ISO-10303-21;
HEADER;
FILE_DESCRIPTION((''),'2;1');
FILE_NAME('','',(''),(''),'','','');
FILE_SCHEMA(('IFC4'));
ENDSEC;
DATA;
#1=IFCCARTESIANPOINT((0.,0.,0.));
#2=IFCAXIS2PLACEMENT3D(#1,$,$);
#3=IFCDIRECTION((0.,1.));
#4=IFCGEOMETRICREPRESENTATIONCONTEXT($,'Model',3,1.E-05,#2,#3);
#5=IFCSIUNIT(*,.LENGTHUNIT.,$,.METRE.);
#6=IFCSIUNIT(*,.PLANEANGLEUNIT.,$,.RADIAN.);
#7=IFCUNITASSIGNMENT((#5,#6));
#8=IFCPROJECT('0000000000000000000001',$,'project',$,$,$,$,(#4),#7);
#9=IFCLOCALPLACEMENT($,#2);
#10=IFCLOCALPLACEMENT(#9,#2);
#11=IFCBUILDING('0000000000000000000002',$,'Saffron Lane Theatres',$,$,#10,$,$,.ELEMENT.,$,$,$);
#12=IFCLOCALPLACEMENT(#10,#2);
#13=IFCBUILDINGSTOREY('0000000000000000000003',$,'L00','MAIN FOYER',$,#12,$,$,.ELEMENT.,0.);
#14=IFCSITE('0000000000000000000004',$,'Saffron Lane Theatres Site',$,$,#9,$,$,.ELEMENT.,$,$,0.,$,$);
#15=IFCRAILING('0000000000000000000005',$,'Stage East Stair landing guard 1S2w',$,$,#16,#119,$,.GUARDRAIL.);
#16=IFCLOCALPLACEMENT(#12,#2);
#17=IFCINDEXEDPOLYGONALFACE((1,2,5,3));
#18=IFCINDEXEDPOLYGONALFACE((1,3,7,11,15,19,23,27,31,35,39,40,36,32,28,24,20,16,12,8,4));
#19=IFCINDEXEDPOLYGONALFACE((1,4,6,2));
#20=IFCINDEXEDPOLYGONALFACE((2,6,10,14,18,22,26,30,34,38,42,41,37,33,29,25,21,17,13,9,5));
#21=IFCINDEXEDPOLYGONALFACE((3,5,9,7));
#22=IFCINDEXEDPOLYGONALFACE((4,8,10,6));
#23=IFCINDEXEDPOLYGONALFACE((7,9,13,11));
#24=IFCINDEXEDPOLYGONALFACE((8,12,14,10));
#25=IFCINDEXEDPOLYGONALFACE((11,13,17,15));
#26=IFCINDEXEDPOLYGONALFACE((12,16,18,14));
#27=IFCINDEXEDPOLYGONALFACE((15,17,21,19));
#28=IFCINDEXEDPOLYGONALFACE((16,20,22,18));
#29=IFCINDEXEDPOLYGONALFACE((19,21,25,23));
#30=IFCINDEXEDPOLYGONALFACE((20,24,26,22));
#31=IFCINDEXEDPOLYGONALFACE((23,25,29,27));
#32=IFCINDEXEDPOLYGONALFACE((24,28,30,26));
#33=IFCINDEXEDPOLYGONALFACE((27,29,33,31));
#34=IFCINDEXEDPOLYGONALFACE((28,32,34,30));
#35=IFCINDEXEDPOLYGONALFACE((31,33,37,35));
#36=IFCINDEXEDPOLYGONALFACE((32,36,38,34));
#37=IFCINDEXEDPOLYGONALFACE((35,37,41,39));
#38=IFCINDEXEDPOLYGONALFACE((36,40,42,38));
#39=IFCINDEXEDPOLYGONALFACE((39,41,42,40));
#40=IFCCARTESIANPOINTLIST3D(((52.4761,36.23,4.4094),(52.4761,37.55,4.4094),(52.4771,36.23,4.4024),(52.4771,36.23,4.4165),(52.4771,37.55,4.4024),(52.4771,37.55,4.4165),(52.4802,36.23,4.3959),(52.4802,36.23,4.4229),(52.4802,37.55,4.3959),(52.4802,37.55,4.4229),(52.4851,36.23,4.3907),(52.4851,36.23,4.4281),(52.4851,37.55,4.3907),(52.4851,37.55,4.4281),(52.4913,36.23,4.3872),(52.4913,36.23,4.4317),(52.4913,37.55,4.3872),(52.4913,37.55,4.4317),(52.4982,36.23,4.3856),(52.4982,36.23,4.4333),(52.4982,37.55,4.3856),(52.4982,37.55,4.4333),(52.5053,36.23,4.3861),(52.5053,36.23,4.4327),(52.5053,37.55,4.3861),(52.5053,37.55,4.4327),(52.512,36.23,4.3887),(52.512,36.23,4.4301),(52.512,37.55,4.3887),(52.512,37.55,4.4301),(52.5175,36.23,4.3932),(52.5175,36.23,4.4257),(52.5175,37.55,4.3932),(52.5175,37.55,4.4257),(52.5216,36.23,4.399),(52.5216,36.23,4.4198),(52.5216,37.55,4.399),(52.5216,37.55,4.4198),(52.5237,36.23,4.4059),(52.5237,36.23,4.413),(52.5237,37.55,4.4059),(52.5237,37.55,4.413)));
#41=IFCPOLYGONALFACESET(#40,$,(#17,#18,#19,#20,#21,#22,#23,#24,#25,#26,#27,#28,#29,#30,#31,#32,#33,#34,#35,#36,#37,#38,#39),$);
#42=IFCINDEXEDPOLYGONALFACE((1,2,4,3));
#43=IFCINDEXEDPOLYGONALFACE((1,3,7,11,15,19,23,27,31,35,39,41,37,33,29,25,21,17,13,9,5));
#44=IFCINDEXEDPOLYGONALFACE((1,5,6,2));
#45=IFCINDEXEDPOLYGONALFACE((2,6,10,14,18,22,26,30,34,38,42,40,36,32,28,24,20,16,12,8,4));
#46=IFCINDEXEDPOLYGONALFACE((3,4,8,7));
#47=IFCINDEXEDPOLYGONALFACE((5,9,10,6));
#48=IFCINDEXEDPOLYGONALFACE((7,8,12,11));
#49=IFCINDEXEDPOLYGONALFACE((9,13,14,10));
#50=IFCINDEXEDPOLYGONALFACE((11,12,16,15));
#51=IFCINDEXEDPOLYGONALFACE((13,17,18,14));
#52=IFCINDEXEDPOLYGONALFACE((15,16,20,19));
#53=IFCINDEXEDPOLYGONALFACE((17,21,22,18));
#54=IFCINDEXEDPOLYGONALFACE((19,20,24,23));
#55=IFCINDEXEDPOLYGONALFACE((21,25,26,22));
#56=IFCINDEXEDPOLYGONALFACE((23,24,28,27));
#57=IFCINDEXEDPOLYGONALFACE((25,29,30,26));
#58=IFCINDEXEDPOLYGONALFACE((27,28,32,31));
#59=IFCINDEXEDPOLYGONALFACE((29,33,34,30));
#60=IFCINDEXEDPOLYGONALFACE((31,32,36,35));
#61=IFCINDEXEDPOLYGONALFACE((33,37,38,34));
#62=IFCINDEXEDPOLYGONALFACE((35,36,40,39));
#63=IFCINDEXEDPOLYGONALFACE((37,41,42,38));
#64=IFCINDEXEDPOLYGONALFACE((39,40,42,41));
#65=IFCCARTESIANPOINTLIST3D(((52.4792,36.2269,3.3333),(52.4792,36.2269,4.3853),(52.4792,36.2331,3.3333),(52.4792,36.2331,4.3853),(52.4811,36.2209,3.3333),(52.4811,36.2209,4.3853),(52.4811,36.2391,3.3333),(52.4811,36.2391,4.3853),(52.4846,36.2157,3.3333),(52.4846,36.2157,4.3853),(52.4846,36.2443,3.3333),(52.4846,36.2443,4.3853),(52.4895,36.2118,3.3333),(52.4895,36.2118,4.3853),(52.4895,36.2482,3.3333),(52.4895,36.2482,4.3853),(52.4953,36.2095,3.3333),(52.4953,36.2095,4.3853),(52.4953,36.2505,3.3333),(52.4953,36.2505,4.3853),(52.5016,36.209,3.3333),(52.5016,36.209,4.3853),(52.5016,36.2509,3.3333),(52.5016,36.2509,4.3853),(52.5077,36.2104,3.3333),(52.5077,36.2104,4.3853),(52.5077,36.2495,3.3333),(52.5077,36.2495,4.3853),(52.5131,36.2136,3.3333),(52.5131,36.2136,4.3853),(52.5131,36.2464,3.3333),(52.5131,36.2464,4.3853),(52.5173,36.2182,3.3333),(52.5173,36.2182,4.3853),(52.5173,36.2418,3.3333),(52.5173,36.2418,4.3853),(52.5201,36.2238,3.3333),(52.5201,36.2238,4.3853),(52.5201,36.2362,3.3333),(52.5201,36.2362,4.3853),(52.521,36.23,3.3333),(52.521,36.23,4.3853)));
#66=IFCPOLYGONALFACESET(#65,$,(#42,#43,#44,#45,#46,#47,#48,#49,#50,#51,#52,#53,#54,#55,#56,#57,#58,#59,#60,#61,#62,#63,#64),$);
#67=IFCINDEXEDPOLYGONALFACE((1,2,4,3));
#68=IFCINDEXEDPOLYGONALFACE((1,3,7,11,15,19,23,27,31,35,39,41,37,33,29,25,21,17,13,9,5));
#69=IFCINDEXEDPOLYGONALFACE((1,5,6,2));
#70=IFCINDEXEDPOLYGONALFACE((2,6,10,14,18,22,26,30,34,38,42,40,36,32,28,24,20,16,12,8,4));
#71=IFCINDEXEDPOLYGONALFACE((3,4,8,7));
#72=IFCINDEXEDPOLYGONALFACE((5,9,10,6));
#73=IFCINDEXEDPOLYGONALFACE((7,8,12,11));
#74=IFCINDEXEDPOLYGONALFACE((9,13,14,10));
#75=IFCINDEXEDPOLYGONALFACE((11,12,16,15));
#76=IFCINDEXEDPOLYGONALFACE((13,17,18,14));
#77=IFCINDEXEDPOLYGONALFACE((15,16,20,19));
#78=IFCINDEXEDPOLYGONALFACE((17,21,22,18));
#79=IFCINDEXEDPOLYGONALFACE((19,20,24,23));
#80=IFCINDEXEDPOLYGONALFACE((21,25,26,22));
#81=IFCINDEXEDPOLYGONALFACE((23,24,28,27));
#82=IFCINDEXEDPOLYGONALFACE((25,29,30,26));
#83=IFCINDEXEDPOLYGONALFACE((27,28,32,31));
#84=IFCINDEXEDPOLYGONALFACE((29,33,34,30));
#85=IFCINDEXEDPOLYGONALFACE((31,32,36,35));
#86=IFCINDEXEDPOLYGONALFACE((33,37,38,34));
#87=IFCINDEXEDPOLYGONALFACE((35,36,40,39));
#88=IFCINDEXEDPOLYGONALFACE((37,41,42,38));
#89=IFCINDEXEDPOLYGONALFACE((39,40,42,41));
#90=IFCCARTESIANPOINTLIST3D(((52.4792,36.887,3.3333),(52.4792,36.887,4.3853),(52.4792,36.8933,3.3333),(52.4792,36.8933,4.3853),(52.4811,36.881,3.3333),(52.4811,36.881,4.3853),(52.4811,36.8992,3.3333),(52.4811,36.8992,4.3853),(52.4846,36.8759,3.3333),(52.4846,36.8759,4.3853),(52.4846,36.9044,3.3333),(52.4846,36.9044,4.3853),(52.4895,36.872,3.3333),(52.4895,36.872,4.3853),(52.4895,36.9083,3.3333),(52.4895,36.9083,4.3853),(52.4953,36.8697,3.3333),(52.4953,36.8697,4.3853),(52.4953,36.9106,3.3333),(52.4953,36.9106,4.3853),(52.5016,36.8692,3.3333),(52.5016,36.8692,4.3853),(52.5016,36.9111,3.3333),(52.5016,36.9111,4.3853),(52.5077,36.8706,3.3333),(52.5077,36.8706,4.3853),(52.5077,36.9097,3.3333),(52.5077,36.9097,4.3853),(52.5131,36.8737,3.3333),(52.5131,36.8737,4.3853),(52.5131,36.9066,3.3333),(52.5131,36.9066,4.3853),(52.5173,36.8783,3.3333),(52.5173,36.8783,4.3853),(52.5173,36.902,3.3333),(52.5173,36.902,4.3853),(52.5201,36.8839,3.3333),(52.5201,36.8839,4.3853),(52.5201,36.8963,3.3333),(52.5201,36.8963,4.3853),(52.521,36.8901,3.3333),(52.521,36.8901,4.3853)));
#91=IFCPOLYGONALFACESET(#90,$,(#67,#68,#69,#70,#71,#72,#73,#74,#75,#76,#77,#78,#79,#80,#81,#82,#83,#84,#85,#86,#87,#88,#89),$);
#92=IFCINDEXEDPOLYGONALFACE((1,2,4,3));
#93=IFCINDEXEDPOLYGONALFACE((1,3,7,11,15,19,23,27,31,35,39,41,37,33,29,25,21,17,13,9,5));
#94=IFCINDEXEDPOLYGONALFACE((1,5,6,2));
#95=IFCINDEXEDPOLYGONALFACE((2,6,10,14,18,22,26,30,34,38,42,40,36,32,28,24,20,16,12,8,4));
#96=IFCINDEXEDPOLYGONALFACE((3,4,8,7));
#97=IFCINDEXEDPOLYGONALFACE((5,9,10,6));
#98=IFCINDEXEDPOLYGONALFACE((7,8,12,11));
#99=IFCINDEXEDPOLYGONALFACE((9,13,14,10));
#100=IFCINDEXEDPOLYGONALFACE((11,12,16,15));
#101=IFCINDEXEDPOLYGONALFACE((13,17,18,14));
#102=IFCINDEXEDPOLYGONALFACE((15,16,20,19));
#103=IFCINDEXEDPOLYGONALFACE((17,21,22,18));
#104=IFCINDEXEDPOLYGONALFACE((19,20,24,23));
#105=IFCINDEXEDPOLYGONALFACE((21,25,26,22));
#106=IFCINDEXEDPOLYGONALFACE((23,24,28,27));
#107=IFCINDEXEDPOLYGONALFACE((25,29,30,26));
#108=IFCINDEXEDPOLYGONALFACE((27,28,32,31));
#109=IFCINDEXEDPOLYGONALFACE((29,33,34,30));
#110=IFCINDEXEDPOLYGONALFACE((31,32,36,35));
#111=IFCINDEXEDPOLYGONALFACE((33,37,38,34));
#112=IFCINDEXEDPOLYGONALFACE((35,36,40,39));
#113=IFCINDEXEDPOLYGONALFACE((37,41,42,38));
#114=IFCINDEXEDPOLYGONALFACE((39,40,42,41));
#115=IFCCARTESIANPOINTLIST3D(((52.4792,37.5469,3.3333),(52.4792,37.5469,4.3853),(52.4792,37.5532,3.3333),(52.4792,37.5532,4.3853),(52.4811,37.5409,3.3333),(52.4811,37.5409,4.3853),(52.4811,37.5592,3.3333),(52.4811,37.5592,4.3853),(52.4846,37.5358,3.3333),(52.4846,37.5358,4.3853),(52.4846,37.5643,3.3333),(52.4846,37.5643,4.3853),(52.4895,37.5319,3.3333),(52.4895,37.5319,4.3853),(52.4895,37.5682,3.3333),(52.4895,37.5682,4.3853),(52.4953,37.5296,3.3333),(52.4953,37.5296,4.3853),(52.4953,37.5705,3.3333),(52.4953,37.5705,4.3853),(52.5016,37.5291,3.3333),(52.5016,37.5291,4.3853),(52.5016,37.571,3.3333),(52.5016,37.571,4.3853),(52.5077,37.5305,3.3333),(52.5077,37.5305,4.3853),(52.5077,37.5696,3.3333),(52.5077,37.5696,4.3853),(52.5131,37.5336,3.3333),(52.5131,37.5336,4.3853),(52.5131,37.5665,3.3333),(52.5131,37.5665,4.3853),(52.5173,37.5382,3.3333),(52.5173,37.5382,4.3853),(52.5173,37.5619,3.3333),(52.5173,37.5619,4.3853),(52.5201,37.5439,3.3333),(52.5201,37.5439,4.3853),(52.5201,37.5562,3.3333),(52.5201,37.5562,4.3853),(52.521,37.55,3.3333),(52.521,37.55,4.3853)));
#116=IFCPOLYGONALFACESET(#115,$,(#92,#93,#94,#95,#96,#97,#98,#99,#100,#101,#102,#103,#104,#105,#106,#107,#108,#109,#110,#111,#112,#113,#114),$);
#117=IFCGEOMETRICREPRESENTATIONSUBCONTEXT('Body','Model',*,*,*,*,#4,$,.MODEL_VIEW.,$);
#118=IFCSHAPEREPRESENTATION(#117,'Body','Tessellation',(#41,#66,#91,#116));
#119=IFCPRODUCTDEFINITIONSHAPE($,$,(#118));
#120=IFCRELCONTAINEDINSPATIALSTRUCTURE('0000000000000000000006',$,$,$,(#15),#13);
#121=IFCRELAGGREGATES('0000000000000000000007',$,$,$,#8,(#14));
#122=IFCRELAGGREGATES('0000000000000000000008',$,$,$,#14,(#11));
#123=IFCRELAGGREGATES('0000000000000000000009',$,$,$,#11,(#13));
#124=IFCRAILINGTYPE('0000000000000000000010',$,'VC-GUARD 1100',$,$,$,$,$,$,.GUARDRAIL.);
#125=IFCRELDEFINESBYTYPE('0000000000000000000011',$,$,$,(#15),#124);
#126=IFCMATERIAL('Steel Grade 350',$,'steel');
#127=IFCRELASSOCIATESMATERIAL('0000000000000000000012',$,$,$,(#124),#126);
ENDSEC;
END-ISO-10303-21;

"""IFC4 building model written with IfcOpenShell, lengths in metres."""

from ifc_helpers import new_model, si_unit, direction, frame, origin, origin_2d, place, context, subcontext, project, spatial, circle, extrude, material, type_object, element, save


model = new_model("IFC4")

# Units and contexts
model_context = context("Model", 3, precision=1e-05, world=origin(), true_north=direction((0.0, 1.0)))
body_context = subcontext(model_context, "Body", "Model", "MODEL_VIEW")
ifc_project = project(units=[si_unit("LENGTHUNIT", "METRE"), si_unit("PLANEANGLEUNIT", "RADIAN")], contexts=[model_context])

# Site, building, storey
site_placement = place(None, origin())
site = spatial("IfcSite", under=ifc_project, at=site_placement, Name="Saffron Lane Theatres Site", CompositionType="ELEMENT", RefElevation=0.0)
building_placement = place(site_placement, origin())
building = spatial("IfcBuilding", under=site, at=building_placement, Name="Saffron Lane Theatres", CompositionType="ELEMENT")
storey_placement = place(building_placement, origin())
storey = spatial("IfcBuildingStorey", under=building, at=storey_placement, Name="L00", Description="MAIN FOYER", CompositionType="ELEMENT", Elevation=0.0)

# Railing
ifc_material_1 = material(Name="Steel Grade 350", Category="steel")
railing_type_1 = type_object("IfcRailingType", Name="VC-GUARD 1100", PredefinedType="GUARDRAIL", material=ifc_material_1)
railing_1_placement = place(storey_placement, frame((52.5, 36.23, 3.3333)))
element("IfcRailing", 1, at=railing_1_placement, inside=storey, type_object=railing_type_1, Name="Stage East Stair landing guard 1S2w", PredefinedType="GUARDRAIL", context=body_context, shape_type="SweptSolid", body=[
    extrude(circle(Radius=0.0239, at=origin_2d()), frame((0.0, 0.0, 1.0762), z_axis=(0.0, 1.0, 0.0), x_axis=(-1.0, 0.0, 0.0)), (0.0, 0.0, 1.0), 1.3201),
    extrude(circle(Radius=0.021, at=origin_2d()), origin(), (0.0, 0.0, 1.0), 1.052),
    extrude(circle(Radius=0.021, at=origin_2d()), frame((0.0, 0.6602, 0.0)), (0.0, 0.0, 1.0), 1.052),
    extrude(circle(Radius=0.021, at=origin_2d()), frame((0.0, 1.3201, 0.0)), (0.0, 0.0, 1.0), 1.052),
])

save(model, "model.ifc")
